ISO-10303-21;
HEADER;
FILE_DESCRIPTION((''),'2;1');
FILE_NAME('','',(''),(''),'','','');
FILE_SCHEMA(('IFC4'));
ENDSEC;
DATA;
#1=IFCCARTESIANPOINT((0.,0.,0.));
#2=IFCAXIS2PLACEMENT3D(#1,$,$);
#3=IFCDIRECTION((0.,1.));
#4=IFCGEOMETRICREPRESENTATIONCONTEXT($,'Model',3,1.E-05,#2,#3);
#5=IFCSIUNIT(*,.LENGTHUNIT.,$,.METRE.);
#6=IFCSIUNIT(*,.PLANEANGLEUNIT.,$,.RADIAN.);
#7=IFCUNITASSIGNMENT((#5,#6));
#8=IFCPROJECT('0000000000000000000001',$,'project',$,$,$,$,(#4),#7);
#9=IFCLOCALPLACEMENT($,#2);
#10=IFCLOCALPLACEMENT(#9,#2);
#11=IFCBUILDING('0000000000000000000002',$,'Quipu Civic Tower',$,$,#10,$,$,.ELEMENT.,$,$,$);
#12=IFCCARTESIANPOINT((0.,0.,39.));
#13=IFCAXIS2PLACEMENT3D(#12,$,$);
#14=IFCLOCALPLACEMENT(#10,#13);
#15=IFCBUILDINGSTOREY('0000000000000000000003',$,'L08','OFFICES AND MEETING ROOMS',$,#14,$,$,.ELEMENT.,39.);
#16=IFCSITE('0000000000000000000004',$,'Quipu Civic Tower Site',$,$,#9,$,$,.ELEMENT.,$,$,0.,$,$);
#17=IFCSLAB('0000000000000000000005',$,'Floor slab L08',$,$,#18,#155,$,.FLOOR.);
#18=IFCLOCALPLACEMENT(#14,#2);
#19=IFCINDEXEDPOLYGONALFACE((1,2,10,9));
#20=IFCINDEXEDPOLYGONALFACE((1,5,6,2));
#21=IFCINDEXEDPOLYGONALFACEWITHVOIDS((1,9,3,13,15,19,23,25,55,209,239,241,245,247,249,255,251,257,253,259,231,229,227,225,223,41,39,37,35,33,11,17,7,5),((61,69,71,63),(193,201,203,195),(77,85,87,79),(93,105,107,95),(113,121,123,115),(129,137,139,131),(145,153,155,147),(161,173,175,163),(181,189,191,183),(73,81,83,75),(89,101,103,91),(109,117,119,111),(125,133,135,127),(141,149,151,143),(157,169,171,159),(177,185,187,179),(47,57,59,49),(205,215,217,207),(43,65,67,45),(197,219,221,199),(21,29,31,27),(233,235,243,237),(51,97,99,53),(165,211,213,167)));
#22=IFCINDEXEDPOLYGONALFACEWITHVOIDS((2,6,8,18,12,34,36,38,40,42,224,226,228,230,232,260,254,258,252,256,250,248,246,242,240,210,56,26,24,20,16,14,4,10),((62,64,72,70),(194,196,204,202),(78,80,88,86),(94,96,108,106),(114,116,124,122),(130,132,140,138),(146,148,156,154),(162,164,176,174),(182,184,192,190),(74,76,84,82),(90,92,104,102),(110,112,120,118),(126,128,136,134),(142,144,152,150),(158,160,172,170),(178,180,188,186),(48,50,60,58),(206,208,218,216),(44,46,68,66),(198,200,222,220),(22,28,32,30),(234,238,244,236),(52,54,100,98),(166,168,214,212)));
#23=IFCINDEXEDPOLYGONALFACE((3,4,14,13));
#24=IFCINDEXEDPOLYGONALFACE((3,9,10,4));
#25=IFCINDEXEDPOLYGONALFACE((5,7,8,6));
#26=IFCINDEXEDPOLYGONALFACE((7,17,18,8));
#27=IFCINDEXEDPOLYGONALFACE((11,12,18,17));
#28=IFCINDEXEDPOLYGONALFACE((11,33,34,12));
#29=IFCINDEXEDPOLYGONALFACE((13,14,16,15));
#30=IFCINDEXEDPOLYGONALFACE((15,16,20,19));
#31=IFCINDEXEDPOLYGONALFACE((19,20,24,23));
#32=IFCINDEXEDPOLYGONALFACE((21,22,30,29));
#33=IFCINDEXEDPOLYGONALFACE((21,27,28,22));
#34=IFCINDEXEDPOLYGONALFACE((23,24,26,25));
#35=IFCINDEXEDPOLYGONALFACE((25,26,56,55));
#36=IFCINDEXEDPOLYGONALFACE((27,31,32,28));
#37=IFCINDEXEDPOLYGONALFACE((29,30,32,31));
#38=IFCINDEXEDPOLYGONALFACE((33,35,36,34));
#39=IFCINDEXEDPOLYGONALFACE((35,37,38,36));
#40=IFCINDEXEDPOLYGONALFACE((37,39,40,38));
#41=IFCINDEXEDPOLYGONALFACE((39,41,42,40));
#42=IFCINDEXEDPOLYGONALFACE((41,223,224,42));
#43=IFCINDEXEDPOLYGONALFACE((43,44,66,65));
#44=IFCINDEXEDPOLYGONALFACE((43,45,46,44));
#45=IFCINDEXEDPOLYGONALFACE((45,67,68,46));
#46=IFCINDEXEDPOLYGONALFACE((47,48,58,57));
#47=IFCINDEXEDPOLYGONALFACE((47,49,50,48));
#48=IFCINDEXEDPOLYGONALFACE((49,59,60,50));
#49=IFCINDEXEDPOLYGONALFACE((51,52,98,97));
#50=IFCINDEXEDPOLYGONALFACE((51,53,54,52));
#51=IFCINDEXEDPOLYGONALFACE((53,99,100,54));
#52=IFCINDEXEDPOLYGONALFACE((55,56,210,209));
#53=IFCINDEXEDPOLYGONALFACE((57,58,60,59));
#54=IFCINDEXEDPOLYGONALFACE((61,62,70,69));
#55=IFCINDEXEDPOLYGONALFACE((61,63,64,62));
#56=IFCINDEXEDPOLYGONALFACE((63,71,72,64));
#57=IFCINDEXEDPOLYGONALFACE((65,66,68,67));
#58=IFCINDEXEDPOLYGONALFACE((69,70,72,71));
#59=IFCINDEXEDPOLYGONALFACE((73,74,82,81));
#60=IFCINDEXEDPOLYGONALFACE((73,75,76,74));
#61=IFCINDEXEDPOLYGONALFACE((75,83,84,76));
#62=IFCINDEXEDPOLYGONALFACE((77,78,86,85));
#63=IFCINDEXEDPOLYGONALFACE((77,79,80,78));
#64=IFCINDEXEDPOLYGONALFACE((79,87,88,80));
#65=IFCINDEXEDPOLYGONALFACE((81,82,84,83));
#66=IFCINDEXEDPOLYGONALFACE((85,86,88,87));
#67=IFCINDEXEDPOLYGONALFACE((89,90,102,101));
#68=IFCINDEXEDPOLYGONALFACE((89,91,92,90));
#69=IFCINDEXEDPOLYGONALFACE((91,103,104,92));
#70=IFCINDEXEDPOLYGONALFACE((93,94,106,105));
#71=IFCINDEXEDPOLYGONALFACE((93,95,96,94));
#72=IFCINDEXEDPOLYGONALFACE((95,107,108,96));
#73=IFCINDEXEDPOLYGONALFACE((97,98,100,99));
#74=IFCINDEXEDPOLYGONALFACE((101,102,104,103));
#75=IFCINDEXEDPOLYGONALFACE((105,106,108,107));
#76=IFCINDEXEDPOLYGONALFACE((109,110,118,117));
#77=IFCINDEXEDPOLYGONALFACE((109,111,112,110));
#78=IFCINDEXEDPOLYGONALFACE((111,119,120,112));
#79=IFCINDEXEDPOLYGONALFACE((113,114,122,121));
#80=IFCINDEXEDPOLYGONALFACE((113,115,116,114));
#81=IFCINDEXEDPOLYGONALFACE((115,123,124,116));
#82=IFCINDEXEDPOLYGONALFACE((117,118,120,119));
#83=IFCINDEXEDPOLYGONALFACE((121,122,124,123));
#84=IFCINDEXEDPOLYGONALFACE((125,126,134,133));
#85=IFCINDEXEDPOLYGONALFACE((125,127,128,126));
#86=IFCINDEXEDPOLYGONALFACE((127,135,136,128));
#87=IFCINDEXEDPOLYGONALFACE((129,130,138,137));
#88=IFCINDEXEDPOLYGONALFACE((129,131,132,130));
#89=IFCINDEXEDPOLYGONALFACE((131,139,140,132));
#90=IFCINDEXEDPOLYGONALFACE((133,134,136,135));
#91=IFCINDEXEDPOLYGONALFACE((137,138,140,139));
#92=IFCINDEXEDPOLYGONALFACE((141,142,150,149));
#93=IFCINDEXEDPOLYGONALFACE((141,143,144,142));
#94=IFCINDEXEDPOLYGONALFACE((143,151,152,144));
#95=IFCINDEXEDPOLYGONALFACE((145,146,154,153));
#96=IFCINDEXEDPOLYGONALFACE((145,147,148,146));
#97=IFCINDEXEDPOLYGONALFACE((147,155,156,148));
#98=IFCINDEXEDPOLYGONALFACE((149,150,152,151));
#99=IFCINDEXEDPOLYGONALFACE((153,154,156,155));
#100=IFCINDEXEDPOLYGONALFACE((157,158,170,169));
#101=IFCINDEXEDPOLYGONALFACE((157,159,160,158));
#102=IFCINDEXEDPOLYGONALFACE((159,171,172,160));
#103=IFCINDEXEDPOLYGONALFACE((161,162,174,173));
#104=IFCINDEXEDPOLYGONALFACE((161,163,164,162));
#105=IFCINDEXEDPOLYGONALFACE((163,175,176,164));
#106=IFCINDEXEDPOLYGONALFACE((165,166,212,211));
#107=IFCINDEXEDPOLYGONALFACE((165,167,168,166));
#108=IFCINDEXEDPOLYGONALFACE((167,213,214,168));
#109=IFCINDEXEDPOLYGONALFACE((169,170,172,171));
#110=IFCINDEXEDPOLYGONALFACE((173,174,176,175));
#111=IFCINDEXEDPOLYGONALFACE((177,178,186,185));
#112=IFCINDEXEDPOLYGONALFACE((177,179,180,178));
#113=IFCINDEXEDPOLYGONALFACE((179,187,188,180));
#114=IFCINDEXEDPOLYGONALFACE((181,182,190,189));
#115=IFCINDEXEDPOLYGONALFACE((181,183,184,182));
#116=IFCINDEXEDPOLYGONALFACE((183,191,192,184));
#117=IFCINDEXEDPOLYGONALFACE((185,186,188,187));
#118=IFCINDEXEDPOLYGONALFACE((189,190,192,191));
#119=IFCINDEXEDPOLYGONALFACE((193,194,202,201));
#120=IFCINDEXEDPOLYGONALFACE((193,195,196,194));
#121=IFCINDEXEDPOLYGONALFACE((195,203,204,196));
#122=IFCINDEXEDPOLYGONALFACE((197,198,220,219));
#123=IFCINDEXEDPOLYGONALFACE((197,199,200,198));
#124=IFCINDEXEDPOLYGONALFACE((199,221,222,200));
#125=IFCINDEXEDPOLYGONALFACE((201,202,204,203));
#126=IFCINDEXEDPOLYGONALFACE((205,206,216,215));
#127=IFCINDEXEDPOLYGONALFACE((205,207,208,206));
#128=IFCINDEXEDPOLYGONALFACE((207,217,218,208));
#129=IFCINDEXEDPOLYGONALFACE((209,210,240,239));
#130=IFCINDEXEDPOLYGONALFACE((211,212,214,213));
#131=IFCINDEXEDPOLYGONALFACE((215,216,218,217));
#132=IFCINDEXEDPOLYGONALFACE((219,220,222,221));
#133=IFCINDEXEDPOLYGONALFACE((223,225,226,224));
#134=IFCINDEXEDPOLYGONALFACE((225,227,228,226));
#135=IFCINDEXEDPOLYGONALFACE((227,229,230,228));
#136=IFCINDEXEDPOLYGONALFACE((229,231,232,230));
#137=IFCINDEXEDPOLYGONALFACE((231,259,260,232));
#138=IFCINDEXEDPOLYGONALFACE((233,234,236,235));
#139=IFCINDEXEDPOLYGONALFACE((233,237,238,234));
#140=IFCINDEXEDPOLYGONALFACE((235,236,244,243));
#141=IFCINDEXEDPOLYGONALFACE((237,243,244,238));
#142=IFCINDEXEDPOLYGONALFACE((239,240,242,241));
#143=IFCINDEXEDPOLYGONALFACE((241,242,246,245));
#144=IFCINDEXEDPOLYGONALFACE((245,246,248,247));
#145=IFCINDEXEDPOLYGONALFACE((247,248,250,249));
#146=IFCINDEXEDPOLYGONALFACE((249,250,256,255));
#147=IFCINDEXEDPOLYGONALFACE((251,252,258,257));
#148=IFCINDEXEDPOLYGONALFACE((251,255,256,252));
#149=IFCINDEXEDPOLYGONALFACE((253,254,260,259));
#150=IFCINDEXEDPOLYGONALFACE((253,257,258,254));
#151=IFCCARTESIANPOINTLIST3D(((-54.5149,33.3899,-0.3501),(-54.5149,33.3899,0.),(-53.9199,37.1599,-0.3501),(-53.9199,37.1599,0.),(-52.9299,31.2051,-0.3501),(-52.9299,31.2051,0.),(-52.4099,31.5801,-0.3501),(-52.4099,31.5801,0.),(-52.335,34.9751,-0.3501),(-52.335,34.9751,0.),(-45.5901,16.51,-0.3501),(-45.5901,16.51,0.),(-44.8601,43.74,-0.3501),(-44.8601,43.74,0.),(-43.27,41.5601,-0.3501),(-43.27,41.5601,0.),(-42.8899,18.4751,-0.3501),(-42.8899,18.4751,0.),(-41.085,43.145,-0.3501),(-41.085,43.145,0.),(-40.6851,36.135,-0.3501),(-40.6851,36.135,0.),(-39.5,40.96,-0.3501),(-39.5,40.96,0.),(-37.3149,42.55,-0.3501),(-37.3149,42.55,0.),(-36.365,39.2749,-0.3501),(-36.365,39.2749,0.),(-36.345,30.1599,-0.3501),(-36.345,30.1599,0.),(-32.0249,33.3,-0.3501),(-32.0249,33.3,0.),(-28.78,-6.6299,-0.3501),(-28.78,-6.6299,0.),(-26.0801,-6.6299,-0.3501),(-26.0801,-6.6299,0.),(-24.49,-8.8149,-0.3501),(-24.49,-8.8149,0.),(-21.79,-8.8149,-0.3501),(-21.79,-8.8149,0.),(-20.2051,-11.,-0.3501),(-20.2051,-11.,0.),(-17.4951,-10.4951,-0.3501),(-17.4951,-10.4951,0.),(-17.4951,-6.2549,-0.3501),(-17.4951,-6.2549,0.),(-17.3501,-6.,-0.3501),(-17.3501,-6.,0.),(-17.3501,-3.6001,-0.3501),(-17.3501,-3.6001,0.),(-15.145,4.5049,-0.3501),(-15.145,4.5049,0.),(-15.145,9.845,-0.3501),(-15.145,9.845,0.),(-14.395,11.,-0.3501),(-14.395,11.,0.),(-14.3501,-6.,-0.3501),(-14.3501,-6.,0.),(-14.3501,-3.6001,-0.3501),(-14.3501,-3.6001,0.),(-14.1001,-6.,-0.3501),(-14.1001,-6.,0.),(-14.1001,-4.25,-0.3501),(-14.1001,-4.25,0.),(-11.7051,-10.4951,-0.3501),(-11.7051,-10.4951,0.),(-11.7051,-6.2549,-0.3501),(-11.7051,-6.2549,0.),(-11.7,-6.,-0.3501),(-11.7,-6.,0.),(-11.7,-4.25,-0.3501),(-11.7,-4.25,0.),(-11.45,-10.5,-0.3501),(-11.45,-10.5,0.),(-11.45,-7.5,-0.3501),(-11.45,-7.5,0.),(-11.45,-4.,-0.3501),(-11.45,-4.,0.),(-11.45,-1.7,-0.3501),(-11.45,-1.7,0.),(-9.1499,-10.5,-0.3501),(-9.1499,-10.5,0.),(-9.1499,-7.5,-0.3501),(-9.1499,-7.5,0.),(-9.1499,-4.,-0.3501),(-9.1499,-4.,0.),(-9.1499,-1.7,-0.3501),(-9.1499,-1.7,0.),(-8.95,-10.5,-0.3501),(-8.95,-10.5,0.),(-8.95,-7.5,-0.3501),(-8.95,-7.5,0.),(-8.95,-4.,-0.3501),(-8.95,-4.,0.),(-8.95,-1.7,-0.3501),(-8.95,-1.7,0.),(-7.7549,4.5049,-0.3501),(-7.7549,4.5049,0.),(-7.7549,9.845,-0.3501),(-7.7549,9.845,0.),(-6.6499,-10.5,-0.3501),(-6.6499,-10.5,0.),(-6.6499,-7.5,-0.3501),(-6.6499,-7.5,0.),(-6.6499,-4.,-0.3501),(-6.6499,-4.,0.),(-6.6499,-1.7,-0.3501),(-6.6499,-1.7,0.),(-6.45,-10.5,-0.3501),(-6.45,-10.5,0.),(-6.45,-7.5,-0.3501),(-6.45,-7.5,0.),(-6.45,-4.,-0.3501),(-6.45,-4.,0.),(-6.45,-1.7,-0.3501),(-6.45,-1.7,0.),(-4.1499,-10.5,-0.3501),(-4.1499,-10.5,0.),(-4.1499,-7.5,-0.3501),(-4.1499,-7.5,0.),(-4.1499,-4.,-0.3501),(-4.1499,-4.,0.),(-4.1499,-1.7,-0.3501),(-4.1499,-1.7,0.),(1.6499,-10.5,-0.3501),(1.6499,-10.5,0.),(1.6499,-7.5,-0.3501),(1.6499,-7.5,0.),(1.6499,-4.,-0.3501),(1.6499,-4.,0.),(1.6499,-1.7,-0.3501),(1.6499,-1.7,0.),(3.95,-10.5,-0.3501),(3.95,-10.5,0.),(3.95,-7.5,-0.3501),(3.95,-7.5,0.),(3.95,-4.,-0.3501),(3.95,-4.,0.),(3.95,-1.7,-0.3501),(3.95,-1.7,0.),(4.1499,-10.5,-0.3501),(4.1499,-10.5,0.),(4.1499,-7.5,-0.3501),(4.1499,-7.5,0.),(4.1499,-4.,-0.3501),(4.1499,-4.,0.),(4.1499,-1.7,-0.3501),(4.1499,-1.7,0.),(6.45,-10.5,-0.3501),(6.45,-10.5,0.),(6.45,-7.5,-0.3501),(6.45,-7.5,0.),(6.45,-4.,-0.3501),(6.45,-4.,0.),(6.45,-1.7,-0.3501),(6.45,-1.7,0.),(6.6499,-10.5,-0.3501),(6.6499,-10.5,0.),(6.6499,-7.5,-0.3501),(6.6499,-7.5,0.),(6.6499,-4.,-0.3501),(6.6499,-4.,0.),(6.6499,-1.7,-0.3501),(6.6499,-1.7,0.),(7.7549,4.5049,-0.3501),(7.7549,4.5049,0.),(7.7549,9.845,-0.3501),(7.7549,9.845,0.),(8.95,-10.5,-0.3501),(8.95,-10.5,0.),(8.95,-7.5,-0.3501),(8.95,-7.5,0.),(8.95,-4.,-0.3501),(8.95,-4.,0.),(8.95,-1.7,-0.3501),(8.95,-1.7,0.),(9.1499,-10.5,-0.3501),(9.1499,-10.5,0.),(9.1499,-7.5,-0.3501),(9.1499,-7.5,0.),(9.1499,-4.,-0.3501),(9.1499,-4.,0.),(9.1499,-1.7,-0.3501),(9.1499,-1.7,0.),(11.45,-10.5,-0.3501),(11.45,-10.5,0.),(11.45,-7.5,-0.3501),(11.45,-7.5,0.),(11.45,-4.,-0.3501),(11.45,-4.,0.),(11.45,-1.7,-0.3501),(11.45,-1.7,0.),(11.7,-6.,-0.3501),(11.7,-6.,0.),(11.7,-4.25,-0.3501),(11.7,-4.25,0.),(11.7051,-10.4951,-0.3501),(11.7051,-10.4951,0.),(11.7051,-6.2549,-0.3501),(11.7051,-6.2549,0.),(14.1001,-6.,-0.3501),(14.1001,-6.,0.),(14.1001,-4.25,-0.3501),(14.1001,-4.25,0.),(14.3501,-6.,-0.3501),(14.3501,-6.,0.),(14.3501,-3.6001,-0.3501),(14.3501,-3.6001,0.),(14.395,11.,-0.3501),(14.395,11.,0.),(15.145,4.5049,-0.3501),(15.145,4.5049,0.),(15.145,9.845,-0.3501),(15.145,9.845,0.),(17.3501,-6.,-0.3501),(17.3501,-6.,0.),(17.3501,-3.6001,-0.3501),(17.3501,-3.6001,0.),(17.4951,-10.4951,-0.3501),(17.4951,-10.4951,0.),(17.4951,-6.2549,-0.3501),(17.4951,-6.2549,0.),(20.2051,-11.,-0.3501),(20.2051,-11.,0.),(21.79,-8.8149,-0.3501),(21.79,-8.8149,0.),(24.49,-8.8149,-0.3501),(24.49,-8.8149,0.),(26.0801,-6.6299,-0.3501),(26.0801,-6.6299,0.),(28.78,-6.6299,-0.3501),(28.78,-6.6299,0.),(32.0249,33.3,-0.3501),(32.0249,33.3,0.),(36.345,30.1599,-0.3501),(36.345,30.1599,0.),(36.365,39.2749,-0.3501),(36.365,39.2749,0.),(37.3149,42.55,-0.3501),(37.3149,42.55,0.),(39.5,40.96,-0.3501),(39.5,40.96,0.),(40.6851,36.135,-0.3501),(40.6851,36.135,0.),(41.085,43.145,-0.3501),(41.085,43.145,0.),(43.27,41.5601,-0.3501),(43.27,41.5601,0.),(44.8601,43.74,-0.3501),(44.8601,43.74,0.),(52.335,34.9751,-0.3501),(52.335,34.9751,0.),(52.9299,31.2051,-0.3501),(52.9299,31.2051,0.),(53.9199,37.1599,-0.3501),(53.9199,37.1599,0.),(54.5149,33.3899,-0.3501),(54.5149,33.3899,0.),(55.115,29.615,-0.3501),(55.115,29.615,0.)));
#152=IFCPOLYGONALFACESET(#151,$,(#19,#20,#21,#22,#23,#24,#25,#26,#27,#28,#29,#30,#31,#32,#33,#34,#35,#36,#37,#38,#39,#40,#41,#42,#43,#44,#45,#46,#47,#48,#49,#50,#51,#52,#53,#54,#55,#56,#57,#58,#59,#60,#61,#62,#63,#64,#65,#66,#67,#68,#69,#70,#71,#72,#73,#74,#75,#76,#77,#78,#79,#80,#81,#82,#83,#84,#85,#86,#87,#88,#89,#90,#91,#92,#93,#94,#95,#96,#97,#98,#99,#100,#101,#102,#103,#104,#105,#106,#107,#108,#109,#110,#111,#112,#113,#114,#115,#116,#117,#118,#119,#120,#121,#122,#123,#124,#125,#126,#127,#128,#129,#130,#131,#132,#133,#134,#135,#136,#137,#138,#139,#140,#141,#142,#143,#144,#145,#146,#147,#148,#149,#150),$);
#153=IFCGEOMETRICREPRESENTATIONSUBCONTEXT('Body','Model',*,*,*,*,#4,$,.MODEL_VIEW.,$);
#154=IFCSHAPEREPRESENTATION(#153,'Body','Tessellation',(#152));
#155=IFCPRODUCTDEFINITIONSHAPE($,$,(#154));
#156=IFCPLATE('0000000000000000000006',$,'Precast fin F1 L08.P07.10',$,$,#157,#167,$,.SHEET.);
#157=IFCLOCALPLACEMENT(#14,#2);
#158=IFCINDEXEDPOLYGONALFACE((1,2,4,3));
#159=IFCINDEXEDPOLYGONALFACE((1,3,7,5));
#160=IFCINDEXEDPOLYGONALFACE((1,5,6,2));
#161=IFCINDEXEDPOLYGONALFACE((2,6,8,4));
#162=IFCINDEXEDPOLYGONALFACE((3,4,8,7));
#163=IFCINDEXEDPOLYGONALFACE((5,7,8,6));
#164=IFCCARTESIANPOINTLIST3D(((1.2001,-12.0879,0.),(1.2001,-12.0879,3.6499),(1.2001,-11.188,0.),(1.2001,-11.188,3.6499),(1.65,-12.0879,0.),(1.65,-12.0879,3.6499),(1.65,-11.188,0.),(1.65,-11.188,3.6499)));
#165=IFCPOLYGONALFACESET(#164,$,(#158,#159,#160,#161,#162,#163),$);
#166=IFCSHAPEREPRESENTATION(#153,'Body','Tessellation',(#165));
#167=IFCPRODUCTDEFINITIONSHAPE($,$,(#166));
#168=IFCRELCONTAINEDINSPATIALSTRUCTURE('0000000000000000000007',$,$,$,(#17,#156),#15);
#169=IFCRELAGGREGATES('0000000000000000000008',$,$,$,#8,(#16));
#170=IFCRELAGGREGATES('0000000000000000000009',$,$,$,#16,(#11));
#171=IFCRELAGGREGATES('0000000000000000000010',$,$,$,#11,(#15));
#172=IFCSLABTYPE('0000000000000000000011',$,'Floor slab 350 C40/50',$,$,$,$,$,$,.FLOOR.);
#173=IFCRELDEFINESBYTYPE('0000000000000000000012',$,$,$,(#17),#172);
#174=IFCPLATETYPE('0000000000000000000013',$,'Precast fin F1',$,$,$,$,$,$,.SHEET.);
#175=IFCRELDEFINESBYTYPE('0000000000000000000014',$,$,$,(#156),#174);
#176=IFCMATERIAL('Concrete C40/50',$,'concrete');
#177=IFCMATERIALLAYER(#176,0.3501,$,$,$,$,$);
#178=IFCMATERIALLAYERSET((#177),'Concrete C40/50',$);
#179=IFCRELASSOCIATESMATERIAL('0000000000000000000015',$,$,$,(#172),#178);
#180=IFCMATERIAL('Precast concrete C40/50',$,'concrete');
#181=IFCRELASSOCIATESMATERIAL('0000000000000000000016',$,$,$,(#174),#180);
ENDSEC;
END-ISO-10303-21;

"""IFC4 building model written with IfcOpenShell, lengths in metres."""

from ifc_helpers import new_model, si_unit, direction, frame, origin, origin_2d, place, context, subcontext, project, spatial, polyline, rectangle, outline, extrude, material, layer, layer_set, type_object, element, save


model = new_model("IFC4")

# Units and contexts
model_context = context("Model", 3, precision=1e-05, world=origin(), true_north=direction((0.0, 1.0)))
body_context = subcontext(model_context, "Body", "Model", "MODEL_VIEW")
ifc_project = project(units=[si_unit("LENGTHUNIT", "METRE"), si_unit("PLANEANGLEUNIT", "RADIAN")], contexts=[model_context])

# Site, building, storey
site_placement = place(None, origin())
site = spatial("IfcSite", under=ifc_project, at=site_placement, Name="Quipu Civic Tower Site", CompositionType="ELEMENT", RefElevation=0.0)
building_placement = place(site_placement, origin())
building = spatial("IfcBuilding", under=site, at=building_placement, Name="Quipu Civic Tower", CompositionType="ELEMENT")
storey_placement = place(building_placement, frame((0.0, 0.0, 39.0)))
storey = spatial("IfcBuildingStorey", under=building, at=storey_placement, Name="L08", Description="OFFICES AND MEETING ROOMS", CompositionType="ELEMENT", Elevation=39.0)

# Slab
ifc_material_1 = material(Name="Concrete C40/50", Category="concrete")
ifc_layer_1 = layer(ifc_material_1, 0.3501)
ifc_layer_set_1 = layer_set([ifc_layer_1], Name="Concrete C40/50")
slab_type_1 = type_object("IfcSlabType", Name="Floor slab 350 C40/50", PredefinedType="FLOOR", material=ifc_layer_set_1)
slab_1_placement = place(storey_placement, frame((0.0, 0.0, -0.3501)))
element("IfcSlab", 1, at=slab_1_placement, inside=storey, type_object=slab_type_1, Name="Floor slab L08", PredefinedType="FLOOR", context=body_context, shape_type="SweptSolid", body=[
    extrude(outline(polyline([(-52.335, 34.9751), (-53.9199, 37.1599), (-44.8601, 43.74), (-43.27, 41.5601), (-41.085, 43.145), (-39.5, 40.96), (-37.3149, 42.55), (-14.395, 11.0), (14.395, 11.0), (37.3149, 42.55), (39.5, 40.96), (41.085, 43.145), (43.27, 41.5601), (44.8601, 43.74), (53.9199, 37.1599), (52.335, 34.9751), (54.5149, 33.3899), (52.9299, 31.2051), (55.115, 29.615), (28.78, -6.6299), (26.0801, -6.6299), (24.49, -8.8149), (21.79, -8.8149), (20.2051, -11.0), (-20.2051, -11.0), (-21.79, -8.8149), (-24.49, -8.8149), (-26.0801, -6.6299), (-28.78, -6.6299), (-45.5901, 16.51), (-42.8899, 18.4751), (-52.4099, 31.5801), (-52.9299, 31.2051), (-54.5149, 33.3899), (-52.335, 34.9751)]), holes=[polyline([(-11.45, -7.5), (-11.45, -10.5), (-9.1499, -10.5), (-9.1499, -7.5), (-11.45, -7.5)]), polyline([(-6.6499, -7.5), (-8.95, -7.5), (-8.95, -10.5), (-6.6499, -10.5), (-6.6499, -7.5)]), polyline([(-4.1499, -7.5), (-6.45, -7.5), (-6.45, -10.5), (-4.1499, -10.5), (-4.1499, -7.5)]), polyline([(1.6499, -7.5), (1.6499, -10.5), (3.95, -10.5), (3.95, -7.5), (1.6499, -7.5)]), polyline([(-11.7051, -10.4951), (-11.7051, -6.2549), (-17.4951, -6.2549), (-17.4951, -10.4951), (-11.7051, -10.4951)]), polyline([(-11.7, -4.25), (-14.1001, -4.25), (-14.1001, -6.0), (-11.7, -6.0), (-11.7, -4.25)]), polyline([(-17.3501, -3.6001), (-17.3501, -6.0), (-14.3501, -6.0), (-14.3501, -3.6001), (-17.3501, -3.6001)]), polyline([(-9.1499, -1.7), (-11.45, -1.7), (-11.45, -4.0), (-9.1499, -4.0), (-9.1499, -1.7)]), polyline([(-6.6499, -1.7), (-8.95, -1.7), (-8.95, -4.0), (-6.6499, -4.0), (-6.6499, -1.7)]), polyline([(-6.45, -1.7), (-6.45, -4.0), (-4.1499, -4.0), (-4.1499, -1.7), (-6.45, -1.7)]), polyline([(-7.7549, 4.5049), (-7.7549, 9.845), (-15.145, 9.845), (-15.145, 4.5049), (-7.7549, 4.5049)]), polyline([(-36.365, 39.2749), (-40.6851, 36.135), (-36.345, 30.1599), (-32.0249, 33.3), (-36.365, 39.2749)]), polyline([(4.1499, -7.5), (4.1499, -10.5), (6.45, -10.5), (6.45, -7.5), (4.1499, -7.5)]), polyline([(8.95, -7.5), (6.6499, -7.5), (6.6499, -10.5), (8.95, -10.5), (8.95, -7.5)]), polyline([(11.45, -7.5), (9.1499, -7.5), (9.1499, -10.5), (11.45, -10.5), (11.45, -7.5)]), polyline([(11.7051, -10.4951), (17.4951, -10.4951), (17.4951, -6.2549), (11.7051, -6.2549), (11.7051, -10.4951)]), polyline([(14.1001, -4.25), (11.7, -4.25), (11.7, -6.0), (14.1001, -6.0), (14.1001, -4.25)]), polyline([(17.3501, -3.6001), (14.3501, -3.6001), (14.3501, -6.0), (17.3501, -6.0), (17.3501, -3.6001)]), polyline([(1.6499, -1.7), (1.6499, -4.0), (3.95, -4.0), (3.95, -1.7), (1.6499, -1.7)]), polyline([(6.45, -1.7), (4.1499, -1.7), (4.1499, -4.0), (6.45, -4.0), (6.45, -1.7)]), polyline([(8.95, -1.7), (6.6499, -1.7), (6.6499, -4.0), (8.95, -4.0), (8.95, -1.7)]), polyline([(9.1499, -1.7), (9.1499, -4.0), (11.45, -4.0), (11.45, -1.7), (9.1499, -1.7)]), polyline([(7.7549, 9.845), (7.7549, 4.5049), (15.145, 4.5049), (15.145, 9.845), (7.7549, 9.845)]), polyline([(40.6851, 36.135), (36.365, 39.2749), (32.0249, 33.3), (36.345, 30.1599), (40.6851, 36.135)])]), origin(), (0.0, 0.0, 1.0), 0.3501),
])

# Plate
ifc_material_2 = material(Name="Precast concrete C40/50", Category="concrete")
plate_type = type_object("IfcPlateType", Name="Precast fin F1", PredefinedType="SHEET", material=ifc_material_2)
plate_placement = place(storey_placement, frame((1.425, -11.6379, 0.0), z_axis=(0.0, 0.0, 1.0), x_axis=(1.0, 0.0, 0.0)))
element("IfcPlate", 2, at=plate_placement, inside=storey, type_object=plate_type, Name="Precast fin F1 L08.P07.10", PredefinedType="SHEET", context=body_context, shape_type="SweptSolid", body=[
    extrude(rectangle(XDim=0.45, YDim=0.8999, at=origin_2d()), origin(), (0.0, 0.0, 1.0), 3.6499),
])

save(model, "model.ifc")
